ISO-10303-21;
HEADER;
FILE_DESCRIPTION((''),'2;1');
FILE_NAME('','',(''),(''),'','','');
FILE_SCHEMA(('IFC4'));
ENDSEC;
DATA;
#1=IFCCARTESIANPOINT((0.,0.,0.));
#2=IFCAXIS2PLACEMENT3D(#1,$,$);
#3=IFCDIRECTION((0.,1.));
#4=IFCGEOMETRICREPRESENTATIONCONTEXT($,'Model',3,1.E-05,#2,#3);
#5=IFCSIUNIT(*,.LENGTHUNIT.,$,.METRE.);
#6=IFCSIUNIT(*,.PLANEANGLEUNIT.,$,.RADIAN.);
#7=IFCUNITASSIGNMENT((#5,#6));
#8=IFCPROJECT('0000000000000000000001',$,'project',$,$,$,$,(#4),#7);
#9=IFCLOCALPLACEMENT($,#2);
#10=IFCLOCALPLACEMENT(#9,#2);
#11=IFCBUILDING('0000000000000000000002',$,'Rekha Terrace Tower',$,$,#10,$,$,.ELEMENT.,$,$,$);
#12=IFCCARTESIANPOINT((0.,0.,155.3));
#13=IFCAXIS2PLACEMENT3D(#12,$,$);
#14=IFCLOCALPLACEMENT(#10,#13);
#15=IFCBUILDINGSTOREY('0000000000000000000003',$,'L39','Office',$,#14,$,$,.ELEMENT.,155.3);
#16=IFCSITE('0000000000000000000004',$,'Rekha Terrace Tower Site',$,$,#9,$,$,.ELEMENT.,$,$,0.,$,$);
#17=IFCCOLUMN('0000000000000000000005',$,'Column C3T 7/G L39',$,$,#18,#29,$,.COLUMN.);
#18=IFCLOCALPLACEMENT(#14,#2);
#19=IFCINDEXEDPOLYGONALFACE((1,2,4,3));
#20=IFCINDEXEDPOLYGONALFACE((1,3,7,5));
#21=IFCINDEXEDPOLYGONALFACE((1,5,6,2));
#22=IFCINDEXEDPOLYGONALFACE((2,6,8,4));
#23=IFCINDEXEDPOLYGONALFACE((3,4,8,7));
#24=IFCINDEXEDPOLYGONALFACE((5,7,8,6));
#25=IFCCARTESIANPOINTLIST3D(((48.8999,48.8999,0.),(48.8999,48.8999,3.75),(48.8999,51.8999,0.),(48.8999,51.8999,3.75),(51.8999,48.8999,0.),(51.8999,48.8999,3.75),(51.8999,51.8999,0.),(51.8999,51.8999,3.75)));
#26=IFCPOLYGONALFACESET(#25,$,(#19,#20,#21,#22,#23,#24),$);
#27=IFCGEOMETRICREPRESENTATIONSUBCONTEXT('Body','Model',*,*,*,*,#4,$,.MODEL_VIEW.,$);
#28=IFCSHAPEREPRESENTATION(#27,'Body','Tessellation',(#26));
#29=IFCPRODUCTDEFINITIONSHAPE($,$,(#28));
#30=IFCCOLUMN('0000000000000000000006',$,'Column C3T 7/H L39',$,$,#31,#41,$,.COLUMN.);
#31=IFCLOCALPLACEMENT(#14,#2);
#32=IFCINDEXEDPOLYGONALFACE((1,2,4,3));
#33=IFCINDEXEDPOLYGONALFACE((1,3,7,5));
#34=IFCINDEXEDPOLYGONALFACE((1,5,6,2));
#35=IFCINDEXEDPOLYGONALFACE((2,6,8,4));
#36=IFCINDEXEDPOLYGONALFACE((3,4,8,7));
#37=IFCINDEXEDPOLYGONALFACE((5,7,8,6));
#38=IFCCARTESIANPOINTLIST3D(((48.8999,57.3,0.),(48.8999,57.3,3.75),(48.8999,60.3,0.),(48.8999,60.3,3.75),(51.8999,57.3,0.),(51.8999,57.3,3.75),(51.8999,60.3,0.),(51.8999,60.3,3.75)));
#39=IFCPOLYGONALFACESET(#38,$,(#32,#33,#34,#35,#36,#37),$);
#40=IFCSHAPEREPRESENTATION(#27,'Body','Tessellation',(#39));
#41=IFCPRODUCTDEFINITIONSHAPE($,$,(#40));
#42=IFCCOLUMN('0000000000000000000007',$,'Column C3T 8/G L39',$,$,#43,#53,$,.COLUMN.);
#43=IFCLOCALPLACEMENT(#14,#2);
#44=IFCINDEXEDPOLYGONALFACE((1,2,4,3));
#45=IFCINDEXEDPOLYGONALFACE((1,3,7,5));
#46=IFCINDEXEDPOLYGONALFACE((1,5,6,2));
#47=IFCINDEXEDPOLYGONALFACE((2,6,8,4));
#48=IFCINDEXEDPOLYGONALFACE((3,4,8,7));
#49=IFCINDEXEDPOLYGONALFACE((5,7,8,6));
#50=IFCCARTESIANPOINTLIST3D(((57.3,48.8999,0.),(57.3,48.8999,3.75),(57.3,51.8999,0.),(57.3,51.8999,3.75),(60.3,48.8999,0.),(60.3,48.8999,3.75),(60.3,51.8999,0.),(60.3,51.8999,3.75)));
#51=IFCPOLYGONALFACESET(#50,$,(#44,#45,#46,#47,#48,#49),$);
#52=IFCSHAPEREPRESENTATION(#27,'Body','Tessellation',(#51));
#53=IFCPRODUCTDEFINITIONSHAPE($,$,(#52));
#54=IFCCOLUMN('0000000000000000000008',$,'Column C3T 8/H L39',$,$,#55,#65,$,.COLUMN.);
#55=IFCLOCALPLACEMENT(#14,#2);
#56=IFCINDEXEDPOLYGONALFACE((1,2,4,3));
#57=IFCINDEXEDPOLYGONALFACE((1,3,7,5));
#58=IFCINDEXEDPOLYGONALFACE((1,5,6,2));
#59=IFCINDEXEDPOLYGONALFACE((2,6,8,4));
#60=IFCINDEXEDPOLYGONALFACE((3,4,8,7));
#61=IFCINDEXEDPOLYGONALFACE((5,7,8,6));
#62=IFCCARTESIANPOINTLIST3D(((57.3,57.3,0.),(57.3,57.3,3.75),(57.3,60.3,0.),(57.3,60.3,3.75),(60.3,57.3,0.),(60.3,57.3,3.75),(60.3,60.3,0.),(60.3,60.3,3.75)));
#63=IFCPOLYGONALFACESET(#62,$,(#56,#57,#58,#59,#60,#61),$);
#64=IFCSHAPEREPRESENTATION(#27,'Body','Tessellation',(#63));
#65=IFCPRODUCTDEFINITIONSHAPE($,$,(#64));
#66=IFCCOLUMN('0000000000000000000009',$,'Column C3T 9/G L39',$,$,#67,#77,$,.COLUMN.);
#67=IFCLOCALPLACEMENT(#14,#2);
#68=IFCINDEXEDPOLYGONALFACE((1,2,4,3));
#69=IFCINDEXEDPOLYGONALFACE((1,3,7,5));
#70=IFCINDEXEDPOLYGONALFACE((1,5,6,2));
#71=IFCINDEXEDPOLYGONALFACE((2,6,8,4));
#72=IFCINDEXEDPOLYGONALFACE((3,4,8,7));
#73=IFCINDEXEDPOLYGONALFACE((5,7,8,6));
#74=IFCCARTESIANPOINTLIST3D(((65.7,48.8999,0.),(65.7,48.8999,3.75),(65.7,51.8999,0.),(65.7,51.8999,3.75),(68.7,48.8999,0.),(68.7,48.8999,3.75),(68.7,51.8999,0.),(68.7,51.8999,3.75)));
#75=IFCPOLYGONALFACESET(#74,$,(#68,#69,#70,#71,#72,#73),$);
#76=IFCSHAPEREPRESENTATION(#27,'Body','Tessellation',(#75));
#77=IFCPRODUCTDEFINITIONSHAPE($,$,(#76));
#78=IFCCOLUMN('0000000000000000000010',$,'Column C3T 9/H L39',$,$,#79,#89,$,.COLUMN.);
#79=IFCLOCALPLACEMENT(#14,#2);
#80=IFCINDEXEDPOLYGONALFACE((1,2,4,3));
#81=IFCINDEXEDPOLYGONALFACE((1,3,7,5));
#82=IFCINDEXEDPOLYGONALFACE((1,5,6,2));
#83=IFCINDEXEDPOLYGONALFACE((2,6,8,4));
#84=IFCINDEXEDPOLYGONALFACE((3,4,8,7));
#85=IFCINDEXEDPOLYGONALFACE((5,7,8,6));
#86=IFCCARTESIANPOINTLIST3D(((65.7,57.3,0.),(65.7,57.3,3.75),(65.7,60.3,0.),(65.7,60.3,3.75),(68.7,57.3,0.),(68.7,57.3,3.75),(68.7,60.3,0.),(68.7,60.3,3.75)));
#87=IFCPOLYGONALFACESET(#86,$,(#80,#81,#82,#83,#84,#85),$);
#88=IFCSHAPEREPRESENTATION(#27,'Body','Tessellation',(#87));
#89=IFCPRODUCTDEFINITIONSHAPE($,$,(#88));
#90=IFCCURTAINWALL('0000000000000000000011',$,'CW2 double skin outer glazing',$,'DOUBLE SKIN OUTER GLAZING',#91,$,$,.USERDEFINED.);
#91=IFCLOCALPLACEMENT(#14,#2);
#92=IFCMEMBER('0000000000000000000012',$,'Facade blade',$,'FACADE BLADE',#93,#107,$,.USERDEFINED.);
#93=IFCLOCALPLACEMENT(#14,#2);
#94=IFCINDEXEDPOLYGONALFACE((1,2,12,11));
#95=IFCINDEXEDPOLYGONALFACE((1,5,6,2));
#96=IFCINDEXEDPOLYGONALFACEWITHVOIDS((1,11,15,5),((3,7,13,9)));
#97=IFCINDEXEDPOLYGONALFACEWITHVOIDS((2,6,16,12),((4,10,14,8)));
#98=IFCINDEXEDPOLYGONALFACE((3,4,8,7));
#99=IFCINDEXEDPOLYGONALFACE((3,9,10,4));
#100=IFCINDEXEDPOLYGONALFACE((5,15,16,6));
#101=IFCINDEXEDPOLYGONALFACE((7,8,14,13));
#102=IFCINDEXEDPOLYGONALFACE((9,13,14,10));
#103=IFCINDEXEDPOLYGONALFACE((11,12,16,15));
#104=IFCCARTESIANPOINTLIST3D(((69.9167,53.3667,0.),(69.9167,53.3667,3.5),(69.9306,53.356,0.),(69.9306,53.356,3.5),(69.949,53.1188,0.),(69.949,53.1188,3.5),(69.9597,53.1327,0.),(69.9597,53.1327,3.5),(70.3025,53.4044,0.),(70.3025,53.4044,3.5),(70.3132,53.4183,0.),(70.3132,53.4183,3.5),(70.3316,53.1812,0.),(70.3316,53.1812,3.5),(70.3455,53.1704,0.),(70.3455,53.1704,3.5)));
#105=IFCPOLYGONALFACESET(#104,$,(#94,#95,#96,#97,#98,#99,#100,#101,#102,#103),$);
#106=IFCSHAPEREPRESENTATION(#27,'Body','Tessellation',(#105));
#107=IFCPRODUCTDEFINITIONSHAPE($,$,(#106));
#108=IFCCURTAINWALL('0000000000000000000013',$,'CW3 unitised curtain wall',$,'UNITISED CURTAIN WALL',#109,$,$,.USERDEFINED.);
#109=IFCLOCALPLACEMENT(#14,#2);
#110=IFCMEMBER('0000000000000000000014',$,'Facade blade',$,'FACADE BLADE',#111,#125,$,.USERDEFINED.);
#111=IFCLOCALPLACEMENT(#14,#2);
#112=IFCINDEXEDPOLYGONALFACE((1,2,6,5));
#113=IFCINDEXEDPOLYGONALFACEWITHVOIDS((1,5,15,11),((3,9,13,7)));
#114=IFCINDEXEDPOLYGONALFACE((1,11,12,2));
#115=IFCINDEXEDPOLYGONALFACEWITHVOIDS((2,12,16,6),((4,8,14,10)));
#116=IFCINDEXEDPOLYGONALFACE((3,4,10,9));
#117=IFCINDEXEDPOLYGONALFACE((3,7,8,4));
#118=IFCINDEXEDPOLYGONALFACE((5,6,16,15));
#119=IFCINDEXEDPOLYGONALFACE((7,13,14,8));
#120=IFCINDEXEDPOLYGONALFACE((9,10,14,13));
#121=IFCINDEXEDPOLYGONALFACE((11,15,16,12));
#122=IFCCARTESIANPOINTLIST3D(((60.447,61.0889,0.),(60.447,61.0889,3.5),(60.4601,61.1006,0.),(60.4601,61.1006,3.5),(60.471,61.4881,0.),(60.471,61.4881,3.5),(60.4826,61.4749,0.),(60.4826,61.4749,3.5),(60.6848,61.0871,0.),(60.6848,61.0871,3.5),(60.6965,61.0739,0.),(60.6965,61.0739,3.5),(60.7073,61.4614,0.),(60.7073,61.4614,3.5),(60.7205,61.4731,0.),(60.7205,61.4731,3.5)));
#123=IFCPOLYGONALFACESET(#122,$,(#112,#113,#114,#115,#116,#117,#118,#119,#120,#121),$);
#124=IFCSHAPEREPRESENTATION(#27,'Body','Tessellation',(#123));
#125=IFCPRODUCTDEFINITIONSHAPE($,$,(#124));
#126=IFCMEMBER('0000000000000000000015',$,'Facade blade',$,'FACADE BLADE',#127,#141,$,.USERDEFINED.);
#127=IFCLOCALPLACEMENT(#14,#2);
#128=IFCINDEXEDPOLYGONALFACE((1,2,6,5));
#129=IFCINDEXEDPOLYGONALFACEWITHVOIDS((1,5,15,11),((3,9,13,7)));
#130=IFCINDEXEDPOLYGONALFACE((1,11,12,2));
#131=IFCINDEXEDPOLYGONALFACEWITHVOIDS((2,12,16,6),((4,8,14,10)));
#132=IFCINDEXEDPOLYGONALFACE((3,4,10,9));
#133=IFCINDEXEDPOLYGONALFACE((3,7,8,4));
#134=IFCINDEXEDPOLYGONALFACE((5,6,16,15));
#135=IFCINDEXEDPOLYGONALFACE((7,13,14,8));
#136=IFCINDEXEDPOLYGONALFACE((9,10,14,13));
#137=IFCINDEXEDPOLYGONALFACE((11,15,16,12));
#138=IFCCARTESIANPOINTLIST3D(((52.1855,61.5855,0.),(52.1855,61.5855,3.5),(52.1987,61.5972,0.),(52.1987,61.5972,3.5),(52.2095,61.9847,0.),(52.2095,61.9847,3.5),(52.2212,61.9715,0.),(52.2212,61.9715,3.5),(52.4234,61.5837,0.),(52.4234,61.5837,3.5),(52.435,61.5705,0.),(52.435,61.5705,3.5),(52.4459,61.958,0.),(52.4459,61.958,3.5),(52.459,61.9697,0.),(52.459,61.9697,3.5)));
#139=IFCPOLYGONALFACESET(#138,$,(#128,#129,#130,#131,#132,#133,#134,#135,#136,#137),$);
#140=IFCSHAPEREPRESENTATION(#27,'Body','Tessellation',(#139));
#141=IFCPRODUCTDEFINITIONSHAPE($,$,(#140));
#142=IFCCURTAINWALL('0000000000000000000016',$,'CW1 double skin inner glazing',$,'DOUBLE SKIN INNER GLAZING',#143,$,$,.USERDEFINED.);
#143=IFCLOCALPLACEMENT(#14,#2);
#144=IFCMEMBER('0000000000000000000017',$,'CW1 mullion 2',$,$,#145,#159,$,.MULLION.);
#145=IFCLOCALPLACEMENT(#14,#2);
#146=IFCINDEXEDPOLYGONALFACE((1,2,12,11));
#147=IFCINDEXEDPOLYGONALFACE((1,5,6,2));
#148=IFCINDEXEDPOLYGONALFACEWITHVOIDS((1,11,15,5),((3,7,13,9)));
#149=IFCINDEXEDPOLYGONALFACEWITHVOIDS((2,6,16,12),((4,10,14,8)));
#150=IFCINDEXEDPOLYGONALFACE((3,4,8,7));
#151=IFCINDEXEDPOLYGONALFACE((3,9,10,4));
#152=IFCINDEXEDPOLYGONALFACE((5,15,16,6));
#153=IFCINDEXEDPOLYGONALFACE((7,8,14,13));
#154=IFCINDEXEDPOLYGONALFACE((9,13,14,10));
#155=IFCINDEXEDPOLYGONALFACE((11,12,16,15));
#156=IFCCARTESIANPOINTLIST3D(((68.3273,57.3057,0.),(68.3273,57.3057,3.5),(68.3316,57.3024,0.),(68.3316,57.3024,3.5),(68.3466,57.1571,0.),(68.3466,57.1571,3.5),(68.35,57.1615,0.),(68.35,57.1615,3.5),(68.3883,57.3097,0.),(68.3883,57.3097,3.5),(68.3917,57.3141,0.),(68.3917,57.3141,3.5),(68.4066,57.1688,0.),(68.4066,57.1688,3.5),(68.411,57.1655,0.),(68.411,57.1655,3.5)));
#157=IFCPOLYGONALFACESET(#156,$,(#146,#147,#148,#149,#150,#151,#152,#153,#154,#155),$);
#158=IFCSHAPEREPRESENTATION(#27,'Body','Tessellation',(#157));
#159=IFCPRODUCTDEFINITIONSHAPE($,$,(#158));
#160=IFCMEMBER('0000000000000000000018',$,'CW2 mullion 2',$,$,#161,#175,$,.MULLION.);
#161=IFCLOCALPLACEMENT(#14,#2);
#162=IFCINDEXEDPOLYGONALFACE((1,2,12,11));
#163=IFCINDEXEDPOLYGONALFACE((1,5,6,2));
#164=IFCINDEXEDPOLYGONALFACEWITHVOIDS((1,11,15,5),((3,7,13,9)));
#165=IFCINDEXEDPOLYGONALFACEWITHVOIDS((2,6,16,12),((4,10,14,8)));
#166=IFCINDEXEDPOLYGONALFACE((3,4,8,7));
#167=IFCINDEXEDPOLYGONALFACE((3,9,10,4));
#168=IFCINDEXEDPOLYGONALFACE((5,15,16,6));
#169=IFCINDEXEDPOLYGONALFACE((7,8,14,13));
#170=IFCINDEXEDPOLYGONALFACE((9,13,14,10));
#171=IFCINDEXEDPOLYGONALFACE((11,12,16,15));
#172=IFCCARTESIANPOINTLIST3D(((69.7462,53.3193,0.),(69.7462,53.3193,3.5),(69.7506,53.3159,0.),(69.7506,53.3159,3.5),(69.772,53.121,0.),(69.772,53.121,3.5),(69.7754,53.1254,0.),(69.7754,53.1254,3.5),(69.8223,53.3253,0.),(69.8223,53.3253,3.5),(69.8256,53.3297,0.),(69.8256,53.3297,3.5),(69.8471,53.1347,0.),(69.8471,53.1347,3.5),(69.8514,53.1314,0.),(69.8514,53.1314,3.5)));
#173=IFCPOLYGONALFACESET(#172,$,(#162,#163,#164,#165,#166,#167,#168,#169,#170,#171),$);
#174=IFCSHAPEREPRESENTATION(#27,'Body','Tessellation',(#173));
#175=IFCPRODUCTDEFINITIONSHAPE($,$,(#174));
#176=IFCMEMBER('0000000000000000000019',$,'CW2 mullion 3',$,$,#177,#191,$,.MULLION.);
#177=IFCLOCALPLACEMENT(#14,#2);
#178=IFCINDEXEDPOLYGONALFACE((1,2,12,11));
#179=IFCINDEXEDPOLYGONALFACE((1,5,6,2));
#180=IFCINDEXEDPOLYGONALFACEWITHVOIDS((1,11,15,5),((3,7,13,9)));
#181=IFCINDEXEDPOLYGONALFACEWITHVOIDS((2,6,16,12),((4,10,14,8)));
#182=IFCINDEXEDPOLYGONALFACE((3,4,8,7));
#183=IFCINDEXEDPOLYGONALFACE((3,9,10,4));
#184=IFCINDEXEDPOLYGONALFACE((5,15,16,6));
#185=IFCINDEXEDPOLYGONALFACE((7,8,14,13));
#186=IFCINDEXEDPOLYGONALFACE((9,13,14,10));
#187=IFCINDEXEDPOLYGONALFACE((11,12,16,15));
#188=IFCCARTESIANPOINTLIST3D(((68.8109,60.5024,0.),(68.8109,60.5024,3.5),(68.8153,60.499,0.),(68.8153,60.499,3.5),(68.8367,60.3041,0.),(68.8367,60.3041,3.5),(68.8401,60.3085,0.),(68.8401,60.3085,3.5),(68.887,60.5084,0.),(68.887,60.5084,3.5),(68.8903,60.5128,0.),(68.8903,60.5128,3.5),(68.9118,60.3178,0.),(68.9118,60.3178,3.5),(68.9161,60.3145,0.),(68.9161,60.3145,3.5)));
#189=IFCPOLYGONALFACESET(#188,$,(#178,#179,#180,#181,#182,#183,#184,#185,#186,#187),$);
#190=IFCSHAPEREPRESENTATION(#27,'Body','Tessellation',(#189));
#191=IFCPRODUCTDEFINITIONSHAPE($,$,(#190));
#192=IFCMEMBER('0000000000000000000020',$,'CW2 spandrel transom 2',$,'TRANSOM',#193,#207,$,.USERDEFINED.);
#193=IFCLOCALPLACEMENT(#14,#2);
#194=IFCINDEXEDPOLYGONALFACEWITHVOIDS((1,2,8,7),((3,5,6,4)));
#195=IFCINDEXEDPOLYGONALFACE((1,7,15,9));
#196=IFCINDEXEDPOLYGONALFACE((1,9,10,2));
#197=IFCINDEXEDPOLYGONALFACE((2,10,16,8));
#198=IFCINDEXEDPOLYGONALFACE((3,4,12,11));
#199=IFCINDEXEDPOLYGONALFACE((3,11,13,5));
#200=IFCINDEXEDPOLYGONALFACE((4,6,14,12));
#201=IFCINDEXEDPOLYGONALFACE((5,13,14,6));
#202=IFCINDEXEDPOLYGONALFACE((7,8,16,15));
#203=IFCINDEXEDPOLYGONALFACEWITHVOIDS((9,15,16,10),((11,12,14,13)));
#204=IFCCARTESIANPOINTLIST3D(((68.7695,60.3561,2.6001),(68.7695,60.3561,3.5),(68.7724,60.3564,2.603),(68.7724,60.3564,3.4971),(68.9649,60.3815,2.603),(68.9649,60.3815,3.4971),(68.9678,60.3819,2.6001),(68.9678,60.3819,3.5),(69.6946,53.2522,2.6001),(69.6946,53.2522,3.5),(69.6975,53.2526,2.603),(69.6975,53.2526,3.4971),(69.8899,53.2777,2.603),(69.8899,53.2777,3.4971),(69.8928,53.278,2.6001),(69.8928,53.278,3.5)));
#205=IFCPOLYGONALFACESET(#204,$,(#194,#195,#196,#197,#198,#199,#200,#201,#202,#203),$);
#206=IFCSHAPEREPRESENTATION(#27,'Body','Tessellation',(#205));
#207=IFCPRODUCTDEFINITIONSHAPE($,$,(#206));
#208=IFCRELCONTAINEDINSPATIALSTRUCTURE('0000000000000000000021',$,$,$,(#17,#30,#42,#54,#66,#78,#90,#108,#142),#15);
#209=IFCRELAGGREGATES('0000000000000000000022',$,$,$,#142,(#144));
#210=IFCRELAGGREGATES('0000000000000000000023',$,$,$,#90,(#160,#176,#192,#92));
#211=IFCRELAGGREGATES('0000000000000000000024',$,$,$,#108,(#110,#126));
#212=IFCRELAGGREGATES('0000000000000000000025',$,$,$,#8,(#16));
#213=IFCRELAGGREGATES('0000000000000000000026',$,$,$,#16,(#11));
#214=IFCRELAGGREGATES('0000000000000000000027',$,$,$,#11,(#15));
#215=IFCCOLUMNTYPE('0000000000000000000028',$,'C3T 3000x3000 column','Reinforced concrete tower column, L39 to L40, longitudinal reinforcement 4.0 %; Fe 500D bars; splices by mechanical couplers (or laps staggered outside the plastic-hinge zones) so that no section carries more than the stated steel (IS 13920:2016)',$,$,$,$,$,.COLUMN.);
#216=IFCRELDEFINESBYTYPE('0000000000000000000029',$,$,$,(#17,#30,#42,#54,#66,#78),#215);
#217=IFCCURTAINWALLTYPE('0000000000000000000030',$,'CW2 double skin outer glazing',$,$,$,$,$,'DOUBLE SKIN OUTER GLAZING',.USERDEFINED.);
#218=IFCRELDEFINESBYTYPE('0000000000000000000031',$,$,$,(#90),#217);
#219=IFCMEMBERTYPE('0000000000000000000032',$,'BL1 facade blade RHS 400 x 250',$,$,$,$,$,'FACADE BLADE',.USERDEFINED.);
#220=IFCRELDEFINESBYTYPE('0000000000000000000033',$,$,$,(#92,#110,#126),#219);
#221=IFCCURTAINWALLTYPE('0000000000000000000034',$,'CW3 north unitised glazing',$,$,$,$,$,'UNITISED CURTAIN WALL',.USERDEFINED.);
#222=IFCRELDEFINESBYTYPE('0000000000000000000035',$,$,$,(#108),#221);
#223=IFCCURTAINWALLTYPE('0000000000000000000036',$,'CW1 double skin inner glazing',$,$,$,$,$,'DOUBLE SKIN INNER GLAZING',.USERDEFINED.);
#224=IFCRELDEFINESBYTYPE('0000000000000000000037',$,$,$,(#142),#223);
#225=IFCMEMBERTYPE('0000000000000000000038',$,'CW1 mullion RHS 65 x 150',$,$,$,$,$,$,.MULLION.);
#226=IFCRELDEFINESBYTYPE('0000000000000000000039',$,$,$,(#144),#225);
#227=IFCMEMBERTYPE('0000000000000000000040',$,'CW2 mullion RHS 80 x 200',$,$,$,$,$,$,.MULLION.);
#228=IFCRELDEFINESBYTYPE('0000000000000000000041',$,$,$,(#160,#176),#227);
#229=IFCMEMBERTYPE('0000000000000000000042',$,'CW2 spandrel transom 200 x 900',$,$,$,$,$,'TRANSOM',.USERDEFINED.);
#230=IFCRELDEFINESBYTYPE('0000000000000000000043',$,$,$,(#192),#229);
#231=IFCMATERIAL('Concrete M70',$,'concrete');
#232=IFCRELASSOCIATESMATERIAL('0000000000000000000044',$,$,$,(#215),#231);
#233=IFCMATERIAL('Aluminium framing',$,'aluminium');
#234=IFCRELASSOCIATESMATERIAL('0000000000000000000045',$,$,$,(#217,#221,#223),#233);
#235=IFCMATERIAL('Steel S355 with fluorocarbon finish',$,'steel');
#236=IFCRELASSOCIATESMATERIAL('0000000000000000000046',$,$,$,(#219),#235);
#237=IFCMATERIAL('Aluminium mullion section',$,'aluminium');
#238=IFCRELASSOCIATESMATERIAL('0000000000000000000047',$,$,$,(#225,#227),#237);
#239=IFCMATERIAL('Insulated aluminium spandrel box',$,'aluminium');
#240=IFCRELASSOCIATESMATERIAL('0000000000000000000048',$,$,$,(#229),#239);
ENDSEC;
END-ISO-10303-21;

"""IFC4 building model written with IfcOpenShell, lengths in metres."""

from ifc_helpers import new_model, si_unit, direction, frame, origin, origin_2d, place, context, subcontext, project, spatial, rectangle, hollow_rectangle, extrude, material, material_profile, profile_set, type_object, element, aggregate, save


model = new_model("IFC4")

# Units and contexts
model_context = context("Model", 3, precision=1e-05, world=origin(), true_north=direction((0.0, 1.0)))
body_context = subcontext(model_context, "Body", "Model", "MODEL_VIEW")
ifc_project = project(units=[si_unit("LENGTHUNIT", "METRE"), si_unit("PLANEANGLEUNIT", "RADIAN")], contexts=[model_context])

# Site, building, storey
site_placement = place(None, origin())
site = spatial("IfcSite", under=ifc_project, at=site_placement, Name="Rekha Terrace Tower Site", CompositionType="ELEMENT", RefElevation=0.0)
building_placement = place(site_placement, origin())
building = spatial("IfcBuilding", under=site, at=building_placement, Name="Rekha Terrace Tower", CompositionType="ELEMENT")
storey_placement = place(building_placement, frame((0.0, 0.0, 155.3)))
storey = spatial("IfcBuildingStorey", under=building, at=storey_placement, Name="L39", Description="Office", CompositionType="ELEMENT", Elevation=155.3)

# Columns
ifc_material_1 = material(Name="Concrete M70", Category="concrete")
ifc_material_profile_1 = material_profile(ifc_material_1, rectangle(XDim=3.0, YDim=3.0, at=origin_2d()), Name="RC 3000x3000")
ifc_profile_set_1 = profile_set([ifc_material_profile_1], Name="Concrete M70")
column_type = type_object("IfcColumnType", Name="C3T 3000x3000 column", Description="Reinforced concrete tower column, L39 to L40, longitudinal reinforcement 4.0 %; Fe 500D bars; splices by mechanical couplers (or laps staggered outside the plastic-hinge zones) so that no section carries more than the stated steel (IS 13920:2016)", PredefinedType="COLUMN", material=ifc_profile_set_1)
for number, where, z_axis, x_axis, name in (
    (1, (50.3999, 50.3999, 0.0), (0.0, 0.0, 1.0), (1.0, 0.0, 0.0), "Column C3T 7/G L39"),
    (2, (50.3999, 58.8, 0.0), (0.0, 0.0, 1.0), (1.0, 0.0, 0.0), "Column C3T 7/H L39"),
    (3, (58.8, 50.3999, 0.0), (0.0, 0.0, 1.0), (1.0, 0.0, 0.0), "Column C3T 8/G L39"),
    (4, (58.8, 58.8, 0.0), (0.0, 0.0, 1.0), (1.0, 0.0, 0.0), "Column C3T 8/H L39"),
    (5, (67.2, 50.3999, 0.0), (0.0, 0.0, 1.0), (1.0, 0.0, 0.0), "Column C3T 9/G L39"),
    (6, (67.2, 58.8, 0.0), (0.0, 0.0, 1.0), (1.0, 0.0, 0.0), "Column C3T 9/H L39"),
):
    element("IfcColumn", number, at=place(storey_placement, frame(where, z_axis=z_axis, x_axis=x_axis)), inside=storey, type_object=column_type, Name=name, PredefinedType="COLUMN", context=body_context, shape_type="SweptSolid", body=[
        extrude(rectangle(XDim=3.0, YDim=3.0, at=origin_2d()), origin(), (0.0, 0.0, 1.0), 3.75),
    ])

# Curtain wall, member
ifc_material_2 = material(Name="Aluminium framing", Category="aluminium")
curtain_wall_type_1 = type_object("IfcCurtainWallType", Name="CW2 double skin outer glazing", ElementType="DOUBLE SKIN OUTER GLAZING", PredefinedType="USERDEFINED", material=ifc_material_2)
curtain_wall_1_placement = place(storey_placement, origin())
curtain_wall_1 = element("IfcCurtainWall", 7, at=curtain_wall_1_placement, inside=storey, type_object=curtain_wall_type_1, Name="CW2 double skin outer glazing", ObjectType="DOUBLE SKIN OUTER GLAZING", PredefinedType="USERDEFINED")
ifc_material_3 = material(Name="Steel S355 with fluorocarbon finish", Category="steel")
ifc_material_profile_2 = material_profile(ifc_material_3, hollow_rectangle(XDim=0.25, YDim=0.3999, WallThickness=0.0125, at=origin_2d()), Name="RHS400x250x12.5")
ifc_profile_set_2 = profile_set([ifc_material_profile_2], Name="Steel S355 with fluorocarbon finish")
member_type_1 = type_object("IfcMemberType", Name="BL1 facade blade RHS 400 x 250", ElementType="FACADE BLADE", PredefinedType="USERDEFINED", material=ifc_profile_set_2)
member_1_placement = place(storey_placement, frame((70.1311, 53.2686, 0.0), z_axis=(0.0, 0.0, 1.0), x_axis=(-0.129119, 0.991629, 0.0)))
member_1 = element("IfcMember", 8, at=member_1_placement, type_object=member_type_1, Name="Facade blade", ObjectType="FACADE BLADE", PredefinedType="USERDEFINED", context=body_context, shape_type="SweptSolid", body=[
    extrude(hollow_rectangle(XDim=0.25, YDim=0.3999, WallThickness=0.0125, at=origin_2d()), origin(), (0.0, 0.0, 1.0), 3.5),
])

# Curtain wall, members
curtain_wall_type_2 = type_object("IfcCurtainWallType", Name="CW3 north unitised glazing", ElementType="UNITISED CURTAIN WALL", PredefinedType="USERDEFINED", material=ifc_material_2)
curtain_wall_2_placement = place(storey_placement, origin())
curtain_wall_2 = element("IfcCurtainWall", 9, at=curtain_wall_2_placement, inside=storey, type_object=curtain_wall_type_2, Name="CW3 unitised curtain wall", ObjectType="UNITISED CURTAIN WALL", PredefinedType="USERDEFINED")
member_2_placement = place(storey_placement, frame((60.5837, 61.281, 0.0), z_axis=(0.0, 0.0, 1.0), x_axis=(-0.998199, 0.059988, 0.0)))
member_2 = element("IfcMember", 10, at=member_2_placement, type_object=member_type_1, Name="Facade blade", ObjectType="FACADE BLADE", PredefinedType="USERDEFINED", context=body_context, shape_type="SweptSolid", body=[
    extrude(hollow_rectangle(XDim=0.25, YDim=0.3999, WallThickness=0.0125, at=origin_2d()), origin(), (0.0, 0.0, 1.0), 3.5),
])
member_3_placement = place(storey_placement, frame((52.3223, 61.7776, 0.0), z_axis=(0.0, 0.0, 1.0), x_axis=(-0.998199, 0.059988, 0.0)))
member_3 = element("IfcMember", 11, at=member_3_placement, type_object=member_type_1, Name="Facade blade", ObjectType="FACADE BLADE", PredefinedType="USERDEFINED", context=body_context, shape_type="SweptSolid", body=[
    extrude(hollow_rectangle(XDim=0.25, YDim=0.3999, WallThickness=0.0125, at=origin_2d()), origin(), (0.0, 0.0, 1.0), 3.5),
])

# Curtain wall, member
curtain_wall_type_3 = type_object("IfcCurtainWallType", Name="CW1 double skin inner glazing", ElementType="DOUBLE SKIN INNER GLAZING", PredefinedType="USERDEFINED", material=ifc_material_2)
curtain_wall_3_placement = place(storey_placement, origin())
curtain_wall_3 = element("IfcCurtainWall", 12, at=curtain_wall_3_placement, inside=storey, type_object=curtain_wall_type_3, Name="CW1 double skin inner glazing", ObjectType="DOUBLE SKIN INNER GLAZING", PredefinedType="USERDEFINED")
ifc_material_4 = material(Name="Aluminium mullion section", Category="aluminium")
ifc_material_profile_3 = material_profile(ifc_material_4, hollow_rectangle(XDim=0.0649, YDim=0.1499, WallThickness=0.0039, at=origin_2d()), Name="AL RHS 65x150")
ifc_profile_set_3 = profile_set([ifc_material_profile_3], Name="Aluminium mullion section")
member_type_2 = type_object("IfcMemberType", Name="CW1 mullion RHS 65 x 150", PredefinedType="MULLION", material=ifc_profile_set_3)
member_4_placement = place(storey_placement, frame((68.3691, 57.2356, 0.0), z_axis=(0.0, 0.0, 1.0), x_axis=(-0.991629, -0.129118, 0.0)))
member_4 = element("IfcMember", 13, at=member_4_placement, type_object=member_type_2, Name="CW1 mullion 2", PredefinedType="MULLION", context=body_context, shape_type="SweptSolid", body=[
    extrude(hollow_rectangle(XDim=0.0649, YDim=0.1499, WallThickness=0.0039, at=origin_2d()), origin(), (0.0, 0.0, 1.0), 3.5),
])

# Members
ifc_material_profile_4 = material_profile(ifc_material_4, hollow_rectangle(XDim=0.0801, YDim=0.2, WallThickness=0.0039, at=origin_2d()), Name="AL RHS 80x200")
ifc_profile_set_4 = profile_set([ifc_material_profile_4], Name="Aluminium mullion section")
member_type_3 = type_object("IfcMemberType", Name="CW2 mullion RHS 80 x 200", PredefinedType="MULLION", material=ifc_profile_set_4)
member_5_placement = place(storey_placement, frame((69.7988, 53.2253, 0.0), z_axis=(0.0, 0.0, 1.0), x_axis=(-0.991629, -0.129118, 0.0)))
member_5 = element("IfcMember", 14, at=member_5_placement, type_object=member_type_3, Name="CW2 mullion 2", PredefinedType="MULLION", context=body_context, shape_type="SweptSolid", body=[
    extrude(hollow_rectangle(XDim=0.0801, YDim=0.2, WallThickness=0.0039, at=origin_2d()), origin(), (0.0, 0.0, 1.0), 3.5),
])
member_6_placement = place(storey_placement, frame((68.8635, 60.4084, 0.0), z_axis=(0.0, 0.0, 1.0), x_axis=(-0.991629, -0.129118, 0.0)))
member_6 = element("IfcMember", 15, at=member_6_placement, type_object=member_type_3, Name="CW2 mullion 3", PredefinedType="MULLION", context=body_context, shape_type="SweptSolid", body=[
    extrude(hollow_rectangle(XDim=0.0801, YDim=0.2, WallThickness=0.0039, at=origin_2d()), origin(), (0.0, 0.0, 1.0), 3.5),
])
ifc_material_5 = material(Name="Insulated aluminium spandrel box", Category="aluminium")
ifc_material_profile_5 = material_profile(ifc_material_5, hollow_rectangle(XDim=0.2, YDim=0.8999, WallThickness=0.0029, at=origin_2d()), Name="AL SPANDREL BOX 200x900")
ifc_profile_set_5 = profile_set([ifc_material_profile_5], Name="Insulated aluminium spandrel box")
member_type_4 = type_object("IfcMemberType", Name="CW2 spandrel transom 200 x 900", ElementType="TRANSOM", PredefinedType="USERDEFINED", material=ifc_profile_set_5)
member_7_placement = place(storey_placement, frame((69.7937, 53.2651, 3.05), z_axis=(-0.129129, 0.991628, 0.0), x_axis=(-0.991628, -0.129129, 0.0)))
member_7 = element("IfcMember", 16, at=member_7_placement, type_object=member_type_4, Name="CW2 spandrel transom 2", ObjectType="TRANSOM", PredefinedType="USERDEFINED", context=body_context, shape_type="SweptSolid", body=[
    extrude(hollow_rectangle(XDim=0.2, YDim=0.8999, WallThickness=0.0029, at=origin_2d()), origin(), (0.0, 0.0, 1.0), 7.1638),
])

aggregate(curtain_wall_3, [member_4])
aggregate(curtain_wall_1, [member_5, member_6, member_7, member_1])
aggregate(curtain_wall_2, [member_2, member_3])

save(model, "model.ifc")
